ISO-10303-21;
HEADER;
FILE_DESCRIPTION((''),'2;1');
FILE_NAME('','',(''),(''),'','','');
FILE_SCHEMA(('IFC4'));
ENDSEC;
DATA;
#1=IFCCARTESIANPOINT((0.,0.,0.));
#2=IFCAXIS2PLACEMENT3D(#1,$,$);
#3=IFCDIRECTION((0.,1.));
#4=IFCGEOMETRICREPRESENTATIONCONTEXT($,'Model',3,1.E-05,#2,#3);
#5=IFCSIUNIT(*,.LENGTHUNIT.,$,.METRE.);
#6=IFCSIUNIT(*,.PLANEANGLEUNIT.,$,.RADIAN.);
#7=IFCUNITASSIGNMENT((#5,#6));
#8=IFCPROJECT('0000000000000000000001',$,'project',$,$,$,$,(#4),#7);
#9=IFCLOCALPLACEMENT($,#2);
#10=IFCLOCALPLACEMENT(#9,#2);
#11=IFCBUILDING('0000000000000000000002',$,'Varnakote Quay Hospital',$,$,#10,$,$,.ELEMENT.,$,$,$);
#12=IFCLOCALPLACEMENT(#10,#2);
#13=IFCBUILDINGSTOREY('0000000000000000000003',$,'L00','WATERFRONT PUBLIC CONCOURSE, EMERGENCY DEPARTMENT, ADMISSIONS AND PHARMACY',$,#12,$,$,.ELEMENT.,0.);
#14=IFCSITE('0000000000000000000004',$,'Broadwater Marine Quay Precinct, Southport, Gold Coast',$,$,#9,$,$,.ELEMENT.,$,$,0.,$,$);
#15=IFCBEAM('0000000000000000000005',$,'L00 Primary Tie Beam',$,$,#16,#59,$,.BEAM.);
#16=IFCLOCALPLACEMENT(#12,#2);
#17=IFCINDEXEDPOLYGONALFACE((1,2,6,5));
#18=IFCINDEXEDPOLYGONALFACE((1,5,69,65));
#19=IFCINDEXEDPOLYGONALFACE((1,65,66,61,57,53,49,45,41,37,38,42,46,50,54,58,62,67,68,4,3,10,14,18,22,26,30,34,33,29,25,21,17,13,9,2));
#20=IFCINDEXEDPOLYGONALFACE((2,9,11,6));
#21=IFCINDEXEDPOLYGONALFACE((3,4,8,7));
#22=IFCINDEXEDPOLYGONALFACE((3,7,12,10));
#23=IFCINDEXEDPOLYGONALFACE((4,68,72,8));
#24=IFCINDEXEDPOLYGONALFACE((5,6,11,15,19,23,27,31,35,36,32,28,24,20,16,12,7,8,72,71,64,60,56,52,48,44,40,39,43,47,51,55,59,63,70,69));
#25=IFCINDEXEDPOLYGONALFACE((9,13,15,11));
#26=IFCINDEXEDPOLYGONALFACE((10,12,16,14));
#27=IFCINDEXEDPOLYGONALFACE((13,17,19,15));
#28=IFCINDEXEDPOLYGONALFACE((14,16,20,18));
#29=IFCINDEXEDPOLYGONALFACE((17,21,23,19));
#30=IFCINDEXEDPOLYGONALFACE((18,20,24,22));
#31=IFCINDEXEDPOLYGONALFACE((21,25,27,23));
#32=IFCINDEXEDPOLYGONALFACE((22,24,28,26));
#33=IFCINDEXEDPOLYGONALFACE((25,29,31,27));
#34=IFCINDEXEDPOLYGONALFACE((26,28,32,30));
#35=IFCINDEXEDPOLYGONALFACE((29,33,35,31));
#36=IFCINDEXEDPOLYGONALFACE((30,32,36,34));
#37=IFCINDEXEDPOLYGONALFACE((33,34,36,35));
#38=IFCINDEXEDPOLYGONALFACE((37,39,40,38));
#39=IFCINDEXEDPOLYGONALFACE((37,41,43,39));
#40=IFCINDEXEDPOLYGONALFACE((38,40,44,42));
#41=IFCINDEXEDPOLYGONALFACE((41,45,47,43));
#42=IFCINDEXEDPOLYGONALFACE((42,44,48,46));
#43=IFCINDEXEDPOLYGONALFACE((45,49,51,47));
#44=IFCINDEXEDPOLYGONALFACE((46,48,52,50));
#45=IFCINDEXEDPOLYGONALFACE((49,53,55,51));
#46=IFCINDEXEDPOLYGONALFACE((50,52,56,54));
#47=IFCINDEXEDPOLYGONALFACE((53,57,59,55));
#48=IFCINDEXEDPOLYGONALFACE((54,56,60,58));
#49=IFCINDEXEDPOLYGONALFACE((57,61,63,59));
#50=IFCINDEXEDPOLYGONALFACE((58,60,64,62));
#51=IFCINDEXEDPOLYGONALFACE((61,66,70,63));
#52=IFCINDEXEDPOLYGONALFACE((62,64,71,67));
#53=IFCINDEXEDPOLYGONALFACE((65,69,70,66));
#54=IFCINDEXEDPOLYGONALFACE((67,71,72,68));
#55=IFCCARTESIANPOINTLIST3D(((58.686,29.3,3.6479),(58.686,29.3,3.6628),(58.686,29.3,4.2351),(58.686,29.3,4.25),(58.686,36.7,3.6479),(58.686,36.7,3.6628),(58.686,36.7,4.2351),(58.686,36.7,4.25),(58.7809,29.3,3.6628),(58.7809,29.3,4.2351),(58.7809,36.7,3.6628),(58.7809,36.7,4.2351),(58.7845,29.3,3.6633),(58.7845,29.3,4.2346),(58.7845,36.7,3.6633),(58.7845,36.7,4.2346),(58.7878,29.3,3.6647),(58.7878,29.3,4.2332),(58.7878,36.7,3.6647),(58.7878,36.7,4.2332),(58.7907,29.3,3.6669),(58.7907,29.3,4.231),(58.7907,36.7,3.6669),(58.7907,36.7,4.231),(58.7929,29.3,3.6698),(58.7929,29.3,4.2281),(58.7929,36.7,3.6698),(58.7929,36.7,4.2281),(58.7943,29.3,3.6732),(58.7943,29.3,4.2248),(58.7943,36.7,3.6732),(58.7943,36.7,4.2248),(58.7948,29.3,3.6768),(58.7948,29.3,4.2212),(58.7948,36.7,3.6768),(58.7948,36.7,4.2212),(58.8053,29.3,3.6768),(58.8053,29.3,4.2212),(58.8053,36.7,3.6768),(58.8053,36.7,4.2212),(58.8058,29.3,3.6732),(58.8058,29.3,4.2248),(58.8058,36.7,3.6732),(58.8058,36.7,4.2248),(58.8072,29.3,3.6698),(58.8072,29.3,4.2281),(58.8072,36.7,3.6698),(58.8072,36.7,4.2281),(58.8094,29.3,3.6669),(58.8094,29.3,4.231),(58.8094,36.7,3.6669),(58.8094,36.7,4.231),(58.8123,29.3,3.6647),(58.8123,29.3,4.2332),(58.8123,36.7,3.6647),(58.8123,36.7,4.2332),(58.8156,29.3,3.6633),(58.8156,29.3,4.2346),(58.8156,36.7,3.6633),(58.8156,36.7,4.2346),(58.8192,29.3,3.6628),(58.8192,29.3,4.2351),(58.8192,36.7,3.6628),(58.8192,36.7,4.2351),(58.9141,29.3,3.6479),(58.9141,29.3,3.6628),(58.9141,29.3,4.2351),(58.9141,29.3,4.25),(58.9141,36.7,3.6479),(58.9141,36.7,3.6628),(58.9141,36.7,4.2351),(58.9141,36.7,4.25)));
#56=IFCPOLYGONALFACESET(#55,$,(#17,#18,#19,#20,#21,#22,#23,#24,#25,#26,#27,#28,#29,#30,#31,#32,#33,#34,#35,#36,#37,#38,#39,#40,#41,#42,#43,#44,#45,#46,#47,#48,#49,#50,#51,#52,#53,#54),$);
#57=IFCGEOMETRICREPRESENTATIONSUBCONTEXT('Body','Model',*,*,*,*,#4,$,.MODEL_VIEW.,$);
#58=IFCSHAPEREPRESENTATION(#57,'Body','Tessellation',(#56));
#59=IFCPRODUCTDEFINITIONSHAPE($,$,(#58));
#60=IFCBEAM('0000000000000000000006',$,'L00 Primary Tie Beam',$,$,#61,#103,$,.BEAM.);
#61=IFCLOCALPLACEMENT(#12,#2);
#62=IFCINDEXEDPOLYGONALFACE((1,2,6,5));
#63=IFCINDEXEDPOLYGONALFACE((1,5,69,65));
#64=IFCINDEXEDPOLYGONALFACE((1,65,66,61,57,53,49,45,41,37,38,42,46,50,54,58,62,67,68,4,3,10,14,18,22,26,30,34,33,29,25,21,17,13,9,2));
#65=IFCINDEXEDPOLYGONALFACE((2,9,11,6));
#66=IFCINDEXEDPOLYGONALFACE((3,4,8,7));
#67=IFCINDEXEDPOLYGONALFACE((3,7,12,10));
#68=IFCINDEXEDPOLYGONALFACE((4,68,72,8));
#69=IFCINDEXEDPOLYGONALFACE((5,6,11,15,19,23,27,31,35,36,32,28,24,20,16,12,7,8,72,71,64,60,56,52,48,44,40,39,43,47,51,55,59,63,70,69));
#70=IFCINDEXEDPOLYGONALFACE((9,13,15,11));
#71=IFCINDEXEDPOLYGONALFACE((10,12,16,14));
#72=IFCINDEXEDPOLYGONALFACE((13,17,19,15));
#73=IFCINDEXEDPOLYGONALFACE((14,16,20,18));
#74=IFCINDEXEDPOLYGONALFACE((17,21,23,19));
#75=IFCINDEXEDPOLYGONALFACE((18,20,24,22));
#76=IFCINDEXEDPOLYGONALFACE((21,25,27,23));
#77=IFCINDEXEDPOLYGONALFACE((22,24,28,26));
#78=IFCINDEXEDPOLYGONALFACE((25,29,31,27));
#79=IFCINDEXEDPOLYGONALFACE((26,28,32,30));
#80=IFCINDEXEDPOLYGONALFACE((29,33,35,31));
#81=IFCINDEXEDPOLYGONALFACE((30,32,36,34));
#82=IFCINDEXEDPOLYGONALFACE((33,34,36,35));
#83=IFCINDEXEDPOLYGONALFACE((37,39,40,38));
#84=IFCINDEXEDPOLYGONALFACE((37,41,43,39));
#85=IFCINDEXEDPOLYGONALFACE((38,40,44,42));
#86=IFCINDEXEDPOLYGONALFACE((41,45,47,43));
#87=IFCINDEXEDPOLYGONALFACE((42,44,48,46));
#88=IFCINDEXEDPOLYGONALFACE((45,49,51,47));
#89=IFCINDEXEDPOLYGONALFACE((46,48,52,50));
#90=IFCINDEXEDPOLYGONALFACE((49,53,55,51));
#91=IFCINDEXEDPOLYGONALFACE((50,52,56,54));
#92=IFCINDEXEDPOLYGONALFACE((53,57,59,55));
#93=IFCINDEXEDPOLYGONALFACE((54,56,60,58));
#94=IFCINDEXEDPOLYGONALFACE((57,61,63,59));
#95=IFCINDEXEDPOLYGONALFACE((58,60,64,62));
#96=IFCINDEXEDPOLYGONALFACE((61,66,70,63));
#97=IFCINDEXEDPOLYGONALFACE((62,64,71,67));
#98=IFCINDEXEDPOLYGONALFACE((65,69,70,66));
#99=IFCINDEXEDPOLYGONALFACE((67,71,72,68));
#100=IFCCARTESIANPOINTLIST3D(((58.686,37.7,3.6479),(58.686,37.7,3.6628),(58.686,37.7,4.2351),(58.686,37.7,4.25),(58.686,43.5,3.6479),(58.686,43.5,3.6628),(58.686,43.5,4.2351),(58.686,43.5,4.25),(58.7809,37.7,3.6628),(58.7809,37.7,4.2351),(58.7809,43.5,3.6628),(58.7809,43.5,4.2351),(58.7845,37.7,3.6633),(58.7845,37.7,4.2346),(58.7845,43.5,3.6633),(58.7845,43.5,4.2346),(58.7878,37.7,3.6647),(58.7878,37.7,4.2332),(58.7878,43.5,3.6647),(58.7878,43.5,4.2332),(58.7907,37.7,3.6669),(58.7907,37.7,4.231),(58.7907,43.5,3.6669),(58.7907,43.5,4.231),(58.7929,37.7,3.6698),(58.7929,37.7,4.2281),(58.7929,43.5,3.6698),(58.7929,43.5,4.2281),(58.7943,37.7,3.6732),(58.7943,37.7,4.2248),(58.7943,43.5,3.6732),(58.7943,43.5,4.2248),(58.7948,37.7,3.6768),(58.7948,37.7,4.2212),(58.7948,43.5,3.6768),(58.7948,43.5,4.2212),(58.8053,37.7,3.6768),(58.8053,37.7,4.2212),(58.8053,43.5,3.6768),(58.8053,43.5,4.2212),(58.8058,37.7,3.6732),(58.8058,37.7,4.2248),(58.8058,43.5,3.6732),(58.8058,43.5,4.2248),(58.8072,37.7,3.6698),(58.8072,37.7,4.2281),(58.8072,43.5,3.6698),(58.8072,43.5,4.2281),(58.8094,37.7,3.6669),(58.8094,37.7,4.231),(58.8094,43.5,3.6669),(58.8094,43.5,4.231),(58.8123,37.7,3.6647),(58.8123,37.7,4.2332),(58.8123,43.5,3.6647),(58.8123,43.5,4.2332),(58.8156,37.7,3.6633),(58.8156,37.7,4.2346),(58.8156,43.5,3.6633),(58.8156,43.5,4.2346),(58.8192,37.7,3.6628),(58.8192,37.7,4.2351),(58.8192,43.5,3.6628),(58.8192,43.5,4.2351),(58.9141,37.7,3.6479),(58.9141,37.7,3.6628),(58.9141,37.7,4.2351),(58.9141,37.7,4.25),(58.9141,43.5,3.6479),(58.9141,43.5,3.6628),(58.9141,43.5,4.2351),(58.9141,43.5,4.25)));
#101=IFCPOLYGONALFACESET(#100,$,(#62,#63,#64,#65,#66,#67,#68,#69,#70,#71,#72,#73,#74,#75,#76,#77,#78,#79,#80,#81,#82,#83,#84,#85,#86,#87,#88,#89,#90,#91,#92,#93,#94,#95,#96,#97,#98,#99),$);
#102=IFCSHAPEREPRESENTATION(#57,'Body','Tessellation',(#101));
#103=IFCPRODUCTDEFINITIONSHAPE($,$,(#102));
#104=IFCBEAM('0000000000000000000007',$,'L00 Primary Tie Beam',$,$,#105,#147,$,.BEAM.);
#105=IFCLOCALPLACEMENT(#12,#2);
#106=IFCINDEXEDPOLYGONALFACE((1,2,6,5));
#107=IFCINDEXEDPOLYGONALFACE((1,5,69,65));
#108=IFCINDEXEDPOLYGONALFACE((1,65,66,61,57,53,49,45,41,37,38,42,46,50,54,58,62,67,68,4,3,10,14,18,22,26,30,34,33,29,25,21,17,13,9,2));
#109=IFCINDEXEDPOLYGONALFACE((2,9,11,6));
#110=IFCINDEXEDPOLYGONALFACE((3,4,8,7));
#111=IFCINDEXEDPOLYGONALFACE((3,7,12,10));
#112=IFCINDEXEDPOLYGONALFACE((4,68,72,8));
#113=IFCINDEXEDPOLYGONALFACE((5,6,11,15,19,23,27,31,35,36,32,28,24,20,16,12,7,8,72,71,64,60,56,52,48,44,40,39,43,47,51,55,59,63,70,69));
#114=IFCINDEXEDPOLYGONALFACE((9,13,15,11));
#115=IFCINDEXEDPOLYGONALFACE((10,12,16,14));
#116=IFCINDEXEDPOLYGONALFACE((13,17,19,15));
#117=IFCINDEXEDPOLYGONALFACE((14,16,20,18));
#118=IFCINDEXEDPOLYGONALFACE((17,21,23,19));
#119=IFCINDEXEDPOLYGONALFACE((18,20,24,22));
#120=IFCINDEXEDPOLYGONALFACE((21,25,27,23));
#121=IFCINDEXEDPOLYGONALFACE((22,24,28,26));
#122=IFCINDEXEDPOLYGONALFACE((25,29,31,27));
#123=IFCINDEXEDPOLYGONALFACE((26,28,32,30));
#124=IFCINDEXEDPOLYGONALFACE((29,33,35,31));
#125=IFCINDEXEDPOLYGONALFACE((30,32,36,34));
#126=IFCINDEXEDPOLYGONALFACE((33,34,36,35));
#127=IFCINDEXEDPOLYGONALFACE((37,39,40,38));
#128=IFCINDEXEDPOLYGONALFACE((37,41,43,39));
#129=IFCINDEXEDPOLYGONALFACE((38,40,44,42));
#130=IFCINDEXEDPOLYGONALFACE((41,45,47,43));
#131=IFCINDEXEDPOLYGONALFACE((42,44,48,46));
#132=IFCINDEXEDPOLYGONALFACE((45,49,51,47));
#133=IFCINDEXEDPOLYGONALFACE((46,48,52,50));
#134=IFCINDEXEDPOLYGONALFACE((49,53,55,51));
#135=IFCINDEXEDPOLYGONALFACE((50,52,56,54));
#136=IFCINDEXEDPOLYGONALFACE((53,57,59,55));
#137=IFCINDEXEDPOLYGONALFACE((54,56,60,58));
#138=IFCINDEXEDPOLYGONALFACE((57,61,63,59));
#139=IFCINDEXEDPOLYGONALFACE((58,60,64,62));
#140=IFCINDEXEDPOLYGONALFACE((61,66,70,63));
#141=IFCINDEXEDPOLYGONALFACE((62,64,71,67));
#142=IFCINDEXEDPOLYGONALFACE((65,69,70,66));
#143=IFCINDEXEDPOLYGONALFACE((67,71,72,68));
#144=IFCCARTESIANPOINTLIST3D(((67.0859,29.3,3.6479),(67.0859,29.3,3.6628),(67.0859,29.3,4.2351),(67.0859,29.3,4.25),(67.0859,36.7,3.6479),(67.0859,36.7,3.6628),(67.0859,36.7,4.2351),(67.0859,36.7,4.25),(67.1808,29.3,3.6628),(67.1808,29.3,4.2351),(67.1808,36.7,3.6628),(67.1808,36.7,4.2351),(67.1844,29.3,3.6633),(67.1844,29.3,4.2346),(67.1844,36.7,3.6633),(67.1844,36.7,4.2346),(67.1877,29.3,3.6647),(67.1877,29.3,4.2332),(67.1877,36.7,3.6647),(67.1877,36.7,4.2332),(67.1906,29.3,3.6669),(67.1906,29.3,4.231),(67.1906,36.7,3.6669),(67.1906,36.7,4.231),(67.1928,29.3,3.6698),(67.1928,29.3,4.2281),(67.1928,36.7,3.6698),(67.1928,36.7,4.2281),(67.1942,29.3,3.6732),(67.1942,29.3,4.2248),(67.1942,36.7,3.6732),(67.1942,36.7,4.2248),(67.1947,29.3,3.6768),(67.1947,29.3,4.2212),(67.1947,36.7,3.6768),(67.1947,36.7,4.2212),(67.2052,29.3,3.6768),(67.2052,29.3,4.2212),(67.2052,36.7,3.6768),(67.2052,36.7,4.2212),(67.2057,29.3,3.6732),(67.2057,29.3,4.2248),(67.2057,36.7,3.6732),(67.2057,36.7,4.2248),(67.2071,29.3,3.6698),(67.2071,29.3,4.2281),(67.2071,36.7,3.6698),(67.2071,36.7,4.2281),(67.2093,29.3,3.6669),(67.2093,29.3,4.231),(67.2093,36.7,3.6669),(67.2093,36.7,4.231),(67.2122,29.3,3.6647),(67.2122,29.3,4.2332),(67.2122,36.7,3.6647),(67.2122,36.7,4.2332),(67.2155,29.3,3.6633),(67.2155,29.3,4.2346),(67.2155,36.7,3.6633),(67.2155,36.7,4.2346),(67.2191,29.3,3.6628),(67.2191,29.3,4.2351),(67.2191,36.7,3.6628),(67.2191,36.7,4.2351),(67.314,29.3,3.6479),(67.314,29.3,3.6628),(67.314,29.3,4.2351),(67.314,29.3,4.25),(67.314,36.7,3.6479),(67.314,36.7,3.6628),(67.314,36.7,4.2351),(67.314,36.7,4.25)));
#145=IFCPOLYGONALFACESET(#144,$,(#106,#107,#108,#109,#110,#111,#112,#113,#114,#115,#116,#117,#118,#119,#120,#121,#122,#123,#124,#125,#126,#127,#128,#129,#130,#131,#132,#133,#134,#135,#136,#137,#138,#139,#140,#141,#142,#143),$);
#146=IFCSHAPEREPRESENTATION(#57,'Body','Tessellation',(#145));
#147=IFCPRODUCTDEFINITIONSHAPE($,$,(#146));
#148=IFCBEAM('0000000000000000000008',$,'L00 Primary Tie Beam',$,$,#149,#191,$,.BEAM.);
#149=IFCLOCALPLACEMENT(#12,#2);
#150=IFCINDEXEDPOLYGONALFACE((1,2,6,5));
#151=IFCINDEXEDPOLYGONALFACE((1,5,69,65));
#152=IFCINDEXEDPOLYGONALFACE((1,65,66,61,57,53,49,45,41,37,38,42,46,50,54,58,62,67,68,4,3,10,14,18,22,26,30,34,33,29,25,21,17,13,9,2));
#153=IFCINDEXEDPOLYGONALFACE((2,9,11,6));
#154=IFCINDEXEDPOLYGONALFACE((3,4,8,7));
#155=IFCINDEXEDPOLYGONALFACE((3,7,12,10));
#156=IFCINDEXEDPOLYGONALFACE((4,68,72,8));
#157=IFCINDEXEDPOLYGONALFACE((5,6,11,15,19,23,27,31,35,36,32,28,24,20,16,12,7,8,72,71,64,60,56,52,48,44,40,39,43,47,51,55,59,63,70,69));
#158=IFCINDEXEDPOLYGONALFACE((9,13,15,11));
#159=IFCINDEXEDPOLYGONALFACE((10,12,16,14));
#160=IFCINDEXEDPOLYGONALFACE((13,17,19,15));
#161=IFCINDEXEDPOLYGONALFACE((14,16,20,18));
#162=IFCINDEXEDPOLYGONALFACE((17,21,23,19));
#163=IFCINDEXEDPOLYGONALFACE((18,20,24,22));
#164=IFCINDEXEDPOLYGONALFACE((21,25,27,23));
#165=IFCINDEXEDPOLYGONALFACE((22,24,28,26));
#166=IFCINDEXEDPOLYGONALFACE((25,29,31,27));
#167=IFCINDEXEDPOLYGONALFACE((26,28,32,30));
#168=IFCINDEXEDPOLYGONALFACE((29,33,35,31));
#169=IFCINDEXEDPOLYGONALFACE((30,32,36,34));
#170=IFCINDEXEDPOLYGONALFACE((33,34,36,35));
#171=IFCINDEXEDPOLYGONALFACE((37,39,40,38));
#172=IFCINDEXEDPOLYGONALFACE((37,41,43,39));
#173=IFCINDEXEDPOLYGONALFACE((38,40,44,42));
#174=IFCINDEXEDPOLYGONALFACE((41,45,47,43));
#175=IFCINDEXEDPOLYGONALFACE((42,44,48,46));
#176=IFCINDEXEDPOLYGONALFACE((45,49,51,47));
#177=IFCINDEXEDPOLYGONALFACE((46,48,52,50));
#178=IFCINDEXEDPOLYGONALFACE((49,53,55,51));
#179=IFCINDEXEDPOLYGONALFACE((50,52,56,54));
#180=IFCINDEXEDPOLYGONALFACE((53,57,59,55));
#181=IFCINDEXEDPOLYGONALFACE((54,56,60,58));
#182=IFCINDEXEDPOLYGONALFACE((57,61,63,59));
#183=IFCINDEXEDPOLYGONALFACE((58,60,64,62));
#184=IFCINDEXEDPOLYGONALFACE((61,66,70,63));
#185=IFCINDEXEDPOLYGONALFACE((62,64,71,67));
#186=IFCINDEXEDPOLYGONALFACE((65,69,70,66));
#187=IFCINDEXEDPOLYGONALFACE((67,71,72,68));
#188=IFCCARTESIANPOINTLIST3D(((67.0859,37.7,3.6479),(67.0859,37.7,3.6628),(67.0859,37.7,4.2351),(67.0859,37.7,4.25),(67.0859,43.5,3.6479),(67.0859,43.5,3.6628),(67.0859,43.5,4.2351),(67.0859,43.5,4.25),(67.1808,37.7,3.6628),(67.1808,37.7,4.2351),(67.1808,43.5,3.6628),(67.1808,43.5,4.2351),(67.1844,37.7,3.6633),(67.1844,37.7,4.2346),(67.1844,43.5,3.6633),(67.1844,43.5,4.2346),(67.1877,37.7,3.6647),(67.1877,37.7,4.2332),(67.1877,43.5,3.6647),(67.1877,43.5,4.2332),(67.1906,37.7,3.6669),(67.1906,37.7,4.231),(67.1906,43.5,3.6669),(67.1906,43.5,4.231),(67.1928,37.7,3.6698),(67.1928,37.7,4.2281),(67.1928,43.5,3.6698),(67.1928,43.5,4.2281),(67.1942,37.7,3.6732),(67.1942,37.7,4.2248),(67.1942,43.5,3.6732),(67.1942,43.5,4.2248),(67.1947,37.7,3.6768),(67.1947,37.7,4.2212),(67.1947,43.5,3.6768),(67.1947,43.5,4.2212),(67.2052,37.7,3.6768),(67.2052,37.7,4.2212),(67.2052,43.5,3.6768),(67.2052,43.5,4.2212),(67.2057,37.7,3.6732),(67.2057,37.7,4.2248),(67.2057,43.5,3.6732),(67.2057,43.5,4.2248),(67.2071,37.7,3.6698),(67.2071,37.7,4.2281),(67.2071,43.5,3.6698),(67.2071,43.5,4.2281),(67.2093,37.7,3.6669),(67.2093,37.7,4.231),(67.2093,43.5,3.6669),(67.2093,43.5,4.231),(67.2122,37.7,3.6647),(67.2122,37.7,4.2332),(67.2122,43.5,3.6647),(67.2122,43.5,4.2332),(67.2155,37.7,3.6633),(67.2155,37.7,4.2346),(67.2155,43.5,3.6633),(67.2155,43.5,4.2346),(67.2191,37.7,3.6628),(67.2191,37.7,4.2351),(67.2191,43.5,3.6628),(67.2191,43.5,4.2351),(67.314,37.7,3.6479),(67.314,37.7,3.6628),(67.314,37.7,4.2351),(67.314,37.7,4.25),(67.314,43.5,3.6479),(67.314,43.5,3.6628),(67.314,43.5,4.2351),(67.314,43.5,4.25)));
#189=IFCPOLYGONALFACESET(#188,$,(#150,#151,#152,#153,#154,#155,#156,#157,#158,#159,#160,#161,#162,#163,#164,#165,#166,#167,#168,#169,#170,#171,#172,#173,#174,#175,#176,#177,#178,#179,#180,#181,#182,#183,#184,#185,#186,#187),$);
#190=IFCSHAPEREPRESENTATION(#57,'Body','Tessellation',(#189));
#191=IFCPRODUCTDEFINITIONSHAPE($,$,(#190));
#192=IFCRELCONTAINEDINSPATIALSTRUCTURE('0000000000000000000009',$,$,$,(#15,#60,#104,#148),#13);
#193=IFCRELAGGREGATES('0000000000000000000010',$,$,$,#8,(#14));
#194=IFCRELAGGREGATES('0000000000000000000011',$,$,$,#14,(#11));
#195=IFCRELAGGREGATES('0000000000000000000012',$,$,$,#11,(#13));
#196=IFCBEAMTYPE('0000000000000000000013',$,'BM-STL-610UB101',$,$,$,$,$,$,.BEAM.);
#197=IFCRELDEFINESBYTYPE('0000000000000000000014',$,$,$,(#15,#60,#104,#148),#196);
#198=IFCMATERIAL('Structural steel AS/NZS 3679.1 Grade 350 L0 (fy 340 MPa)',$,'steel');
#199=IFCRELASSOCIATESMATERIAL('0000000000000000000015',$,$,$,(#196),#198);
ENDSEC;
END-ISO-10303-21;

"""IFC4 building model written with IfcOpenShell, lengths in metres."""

from ifc_helpers import new_model, si_unit, direction, frame, origin, origin_2d, place, context, subcontext, project, spatial, i_section, extrude, material, material_profile, profile_set, type_object, element, save


model = new_model("IFC4")

# Units and contexts
model_context = context("Model", 3, precision=1e-05, world=origin(), true_north=direction((0.0, 1.0)))
body_context = subcontext(model_context, "Body", "Model", "MODEL_VIEW")
ifc_project = project(units=[si_unit("LENGTHUNIT", "METRE"), si_unit("PLANEANGLEUNIT", "RADIAN")], contexts=[model_context])

# Site, building, storey
site_placement = place(None, origin())
site = spatial("IfcSite", under=ifc_project, at=site_placement, Name="Broadwater Marine Quay Precinct, Southport, Gold Coast", CompositionType="ELEMENT", RefElevation=0.0)
building_placement = place(site_placement, origin())
building = spatial("IfcBuilding", under=site, at=building_placement, Name="Varnakote Quay Hospital", CompositionType="ELEMENT")
storey_placement = place(building_placement, origin())
storey = spatial("IfcBuildingStorey", under=building, at=storey_placement, Name="L00", Description="WATERFRONT PUBLIC CONCOURSE, EMERGENCY DEPARTMENT, ADMISSIONS AND PHARMACY", CompositionType="ELEMENT", Elevation=0.0)

# Beams
ifc_material_1 = material(Name="Structural steel AS/NZS 3679.1 Grade 350 L0 (fy 340 MPa)", Category="steel")
ifc_material_profile_1 = material_profile(ifc_material_1, i_section(OverallWidth=0.228, OverallDepth=0.6021, WebThickness=0.0105, FlangeThickness=0.0149, FilletRadius=0.0139, at=origin_2d()), Name="610UB101")
ifc_profile_set_1 = profile_set([ifc_material_profile_1], Name="Structural steel AS/NZS 3679.1 Grade 350 L0 (fy 340 MPa)")
beam_type_1 = type_object("IfcBeamType", Name="BM-STL-610UB101", PredefinedType="BEAM", material=ifc_profile_set_1)
beam_1_placement = place(storey_placement, frame((58.8, 29.3, 3.949), z_axis=(0.0, 1.0, 0.0), x_axis=(-1.0, 0.0, 0.0)))
element("IfcBeam", 1, at=beam_1_placement, inside=storey, type_object=beam_type_1, Name="L00 Primary Tie Beam", PredefinedType="BEAM", context=body_context, shape_type="SweptSolid", body=[
    extrude(i_section(OverallWidth=0.228, OverallDepth=0.6021, WebThickness=0.0105, FlangeThickness=0.0149, FilletRadius=0.0139, at=origin_2d()), origin(), (0.0, 0.0, 1.0), 7.3999),
])
beam_2_placement = place(storey_placement, frame((58.8, 37.7, 3.949), z_axis=(0.0, 1.0, 0.0), x_axis=(-1.0, 0.0, 0.0)))
element("IfcBeam", 2, at=beam_2_placement, inside=storey, type_object=beam_type_1, Name="L00 Primary Tie Beam", PredefinedType="BEAM", context=body_context, shape_type="SweptSolid", body=[
    extrude(i_section(OverallWidth=0.228, OverallDepth=0.6021, WebThickness=0.0105, FlangeThickness=0.0149, FilletRadius=0.0139, at=origin_2d()), origin(), (0.0, 0.0, 1.0), 5.8),
])
beam_3_placement = place(storey_placement, frame((67.2, 29.3, 3.949), z_axis=(0.0, 1.0, 0.0), x_axis=(-1.0, 0.0, 0.0)))
element("IfcBeam", 3, at=beam_3_placement, inside=storey, type_object=beam_type_1, Name="L00 Primary Tie Beam", PredefinedType="BEAM", context=body_context, shape_type="SweptSolid", body=[
    extrude(i_section(OverallWidth=0.228, OverallDepth=0.6021, WebThickness=0.0105, FlangeThickness=0.0149, FilletRadius=0.0139, at=origin_2d()), origin(), (0.0, 0.0, 1.0), 7.3999),
])
beam_4_placement = place(storey_placement, frame((67.2, 37.7, 3.949), z_axis=(0.0, 1.0, 0.0), x_axis=(-1.0, 0.0, 0.0)))
element("IfcBeam", 4, at=beam_4_placement, inside=storey, type_object=beam_type_1, Name="L00 Primary Tie Beam", PredefinedType="BEAM", context=body_context, shape_type="SweptSolid", body=[
    extrude(i_section(OverallWidth=0.228, OverallDepth=0.6021, WebThickness=0.0105, FlangeThickness=0.0149, FilletRadius=0.0139, at=origin_2d()), origin(), (0.0, 0.0, 1.0), 5.8),
])

save(model, "model.ifc")
